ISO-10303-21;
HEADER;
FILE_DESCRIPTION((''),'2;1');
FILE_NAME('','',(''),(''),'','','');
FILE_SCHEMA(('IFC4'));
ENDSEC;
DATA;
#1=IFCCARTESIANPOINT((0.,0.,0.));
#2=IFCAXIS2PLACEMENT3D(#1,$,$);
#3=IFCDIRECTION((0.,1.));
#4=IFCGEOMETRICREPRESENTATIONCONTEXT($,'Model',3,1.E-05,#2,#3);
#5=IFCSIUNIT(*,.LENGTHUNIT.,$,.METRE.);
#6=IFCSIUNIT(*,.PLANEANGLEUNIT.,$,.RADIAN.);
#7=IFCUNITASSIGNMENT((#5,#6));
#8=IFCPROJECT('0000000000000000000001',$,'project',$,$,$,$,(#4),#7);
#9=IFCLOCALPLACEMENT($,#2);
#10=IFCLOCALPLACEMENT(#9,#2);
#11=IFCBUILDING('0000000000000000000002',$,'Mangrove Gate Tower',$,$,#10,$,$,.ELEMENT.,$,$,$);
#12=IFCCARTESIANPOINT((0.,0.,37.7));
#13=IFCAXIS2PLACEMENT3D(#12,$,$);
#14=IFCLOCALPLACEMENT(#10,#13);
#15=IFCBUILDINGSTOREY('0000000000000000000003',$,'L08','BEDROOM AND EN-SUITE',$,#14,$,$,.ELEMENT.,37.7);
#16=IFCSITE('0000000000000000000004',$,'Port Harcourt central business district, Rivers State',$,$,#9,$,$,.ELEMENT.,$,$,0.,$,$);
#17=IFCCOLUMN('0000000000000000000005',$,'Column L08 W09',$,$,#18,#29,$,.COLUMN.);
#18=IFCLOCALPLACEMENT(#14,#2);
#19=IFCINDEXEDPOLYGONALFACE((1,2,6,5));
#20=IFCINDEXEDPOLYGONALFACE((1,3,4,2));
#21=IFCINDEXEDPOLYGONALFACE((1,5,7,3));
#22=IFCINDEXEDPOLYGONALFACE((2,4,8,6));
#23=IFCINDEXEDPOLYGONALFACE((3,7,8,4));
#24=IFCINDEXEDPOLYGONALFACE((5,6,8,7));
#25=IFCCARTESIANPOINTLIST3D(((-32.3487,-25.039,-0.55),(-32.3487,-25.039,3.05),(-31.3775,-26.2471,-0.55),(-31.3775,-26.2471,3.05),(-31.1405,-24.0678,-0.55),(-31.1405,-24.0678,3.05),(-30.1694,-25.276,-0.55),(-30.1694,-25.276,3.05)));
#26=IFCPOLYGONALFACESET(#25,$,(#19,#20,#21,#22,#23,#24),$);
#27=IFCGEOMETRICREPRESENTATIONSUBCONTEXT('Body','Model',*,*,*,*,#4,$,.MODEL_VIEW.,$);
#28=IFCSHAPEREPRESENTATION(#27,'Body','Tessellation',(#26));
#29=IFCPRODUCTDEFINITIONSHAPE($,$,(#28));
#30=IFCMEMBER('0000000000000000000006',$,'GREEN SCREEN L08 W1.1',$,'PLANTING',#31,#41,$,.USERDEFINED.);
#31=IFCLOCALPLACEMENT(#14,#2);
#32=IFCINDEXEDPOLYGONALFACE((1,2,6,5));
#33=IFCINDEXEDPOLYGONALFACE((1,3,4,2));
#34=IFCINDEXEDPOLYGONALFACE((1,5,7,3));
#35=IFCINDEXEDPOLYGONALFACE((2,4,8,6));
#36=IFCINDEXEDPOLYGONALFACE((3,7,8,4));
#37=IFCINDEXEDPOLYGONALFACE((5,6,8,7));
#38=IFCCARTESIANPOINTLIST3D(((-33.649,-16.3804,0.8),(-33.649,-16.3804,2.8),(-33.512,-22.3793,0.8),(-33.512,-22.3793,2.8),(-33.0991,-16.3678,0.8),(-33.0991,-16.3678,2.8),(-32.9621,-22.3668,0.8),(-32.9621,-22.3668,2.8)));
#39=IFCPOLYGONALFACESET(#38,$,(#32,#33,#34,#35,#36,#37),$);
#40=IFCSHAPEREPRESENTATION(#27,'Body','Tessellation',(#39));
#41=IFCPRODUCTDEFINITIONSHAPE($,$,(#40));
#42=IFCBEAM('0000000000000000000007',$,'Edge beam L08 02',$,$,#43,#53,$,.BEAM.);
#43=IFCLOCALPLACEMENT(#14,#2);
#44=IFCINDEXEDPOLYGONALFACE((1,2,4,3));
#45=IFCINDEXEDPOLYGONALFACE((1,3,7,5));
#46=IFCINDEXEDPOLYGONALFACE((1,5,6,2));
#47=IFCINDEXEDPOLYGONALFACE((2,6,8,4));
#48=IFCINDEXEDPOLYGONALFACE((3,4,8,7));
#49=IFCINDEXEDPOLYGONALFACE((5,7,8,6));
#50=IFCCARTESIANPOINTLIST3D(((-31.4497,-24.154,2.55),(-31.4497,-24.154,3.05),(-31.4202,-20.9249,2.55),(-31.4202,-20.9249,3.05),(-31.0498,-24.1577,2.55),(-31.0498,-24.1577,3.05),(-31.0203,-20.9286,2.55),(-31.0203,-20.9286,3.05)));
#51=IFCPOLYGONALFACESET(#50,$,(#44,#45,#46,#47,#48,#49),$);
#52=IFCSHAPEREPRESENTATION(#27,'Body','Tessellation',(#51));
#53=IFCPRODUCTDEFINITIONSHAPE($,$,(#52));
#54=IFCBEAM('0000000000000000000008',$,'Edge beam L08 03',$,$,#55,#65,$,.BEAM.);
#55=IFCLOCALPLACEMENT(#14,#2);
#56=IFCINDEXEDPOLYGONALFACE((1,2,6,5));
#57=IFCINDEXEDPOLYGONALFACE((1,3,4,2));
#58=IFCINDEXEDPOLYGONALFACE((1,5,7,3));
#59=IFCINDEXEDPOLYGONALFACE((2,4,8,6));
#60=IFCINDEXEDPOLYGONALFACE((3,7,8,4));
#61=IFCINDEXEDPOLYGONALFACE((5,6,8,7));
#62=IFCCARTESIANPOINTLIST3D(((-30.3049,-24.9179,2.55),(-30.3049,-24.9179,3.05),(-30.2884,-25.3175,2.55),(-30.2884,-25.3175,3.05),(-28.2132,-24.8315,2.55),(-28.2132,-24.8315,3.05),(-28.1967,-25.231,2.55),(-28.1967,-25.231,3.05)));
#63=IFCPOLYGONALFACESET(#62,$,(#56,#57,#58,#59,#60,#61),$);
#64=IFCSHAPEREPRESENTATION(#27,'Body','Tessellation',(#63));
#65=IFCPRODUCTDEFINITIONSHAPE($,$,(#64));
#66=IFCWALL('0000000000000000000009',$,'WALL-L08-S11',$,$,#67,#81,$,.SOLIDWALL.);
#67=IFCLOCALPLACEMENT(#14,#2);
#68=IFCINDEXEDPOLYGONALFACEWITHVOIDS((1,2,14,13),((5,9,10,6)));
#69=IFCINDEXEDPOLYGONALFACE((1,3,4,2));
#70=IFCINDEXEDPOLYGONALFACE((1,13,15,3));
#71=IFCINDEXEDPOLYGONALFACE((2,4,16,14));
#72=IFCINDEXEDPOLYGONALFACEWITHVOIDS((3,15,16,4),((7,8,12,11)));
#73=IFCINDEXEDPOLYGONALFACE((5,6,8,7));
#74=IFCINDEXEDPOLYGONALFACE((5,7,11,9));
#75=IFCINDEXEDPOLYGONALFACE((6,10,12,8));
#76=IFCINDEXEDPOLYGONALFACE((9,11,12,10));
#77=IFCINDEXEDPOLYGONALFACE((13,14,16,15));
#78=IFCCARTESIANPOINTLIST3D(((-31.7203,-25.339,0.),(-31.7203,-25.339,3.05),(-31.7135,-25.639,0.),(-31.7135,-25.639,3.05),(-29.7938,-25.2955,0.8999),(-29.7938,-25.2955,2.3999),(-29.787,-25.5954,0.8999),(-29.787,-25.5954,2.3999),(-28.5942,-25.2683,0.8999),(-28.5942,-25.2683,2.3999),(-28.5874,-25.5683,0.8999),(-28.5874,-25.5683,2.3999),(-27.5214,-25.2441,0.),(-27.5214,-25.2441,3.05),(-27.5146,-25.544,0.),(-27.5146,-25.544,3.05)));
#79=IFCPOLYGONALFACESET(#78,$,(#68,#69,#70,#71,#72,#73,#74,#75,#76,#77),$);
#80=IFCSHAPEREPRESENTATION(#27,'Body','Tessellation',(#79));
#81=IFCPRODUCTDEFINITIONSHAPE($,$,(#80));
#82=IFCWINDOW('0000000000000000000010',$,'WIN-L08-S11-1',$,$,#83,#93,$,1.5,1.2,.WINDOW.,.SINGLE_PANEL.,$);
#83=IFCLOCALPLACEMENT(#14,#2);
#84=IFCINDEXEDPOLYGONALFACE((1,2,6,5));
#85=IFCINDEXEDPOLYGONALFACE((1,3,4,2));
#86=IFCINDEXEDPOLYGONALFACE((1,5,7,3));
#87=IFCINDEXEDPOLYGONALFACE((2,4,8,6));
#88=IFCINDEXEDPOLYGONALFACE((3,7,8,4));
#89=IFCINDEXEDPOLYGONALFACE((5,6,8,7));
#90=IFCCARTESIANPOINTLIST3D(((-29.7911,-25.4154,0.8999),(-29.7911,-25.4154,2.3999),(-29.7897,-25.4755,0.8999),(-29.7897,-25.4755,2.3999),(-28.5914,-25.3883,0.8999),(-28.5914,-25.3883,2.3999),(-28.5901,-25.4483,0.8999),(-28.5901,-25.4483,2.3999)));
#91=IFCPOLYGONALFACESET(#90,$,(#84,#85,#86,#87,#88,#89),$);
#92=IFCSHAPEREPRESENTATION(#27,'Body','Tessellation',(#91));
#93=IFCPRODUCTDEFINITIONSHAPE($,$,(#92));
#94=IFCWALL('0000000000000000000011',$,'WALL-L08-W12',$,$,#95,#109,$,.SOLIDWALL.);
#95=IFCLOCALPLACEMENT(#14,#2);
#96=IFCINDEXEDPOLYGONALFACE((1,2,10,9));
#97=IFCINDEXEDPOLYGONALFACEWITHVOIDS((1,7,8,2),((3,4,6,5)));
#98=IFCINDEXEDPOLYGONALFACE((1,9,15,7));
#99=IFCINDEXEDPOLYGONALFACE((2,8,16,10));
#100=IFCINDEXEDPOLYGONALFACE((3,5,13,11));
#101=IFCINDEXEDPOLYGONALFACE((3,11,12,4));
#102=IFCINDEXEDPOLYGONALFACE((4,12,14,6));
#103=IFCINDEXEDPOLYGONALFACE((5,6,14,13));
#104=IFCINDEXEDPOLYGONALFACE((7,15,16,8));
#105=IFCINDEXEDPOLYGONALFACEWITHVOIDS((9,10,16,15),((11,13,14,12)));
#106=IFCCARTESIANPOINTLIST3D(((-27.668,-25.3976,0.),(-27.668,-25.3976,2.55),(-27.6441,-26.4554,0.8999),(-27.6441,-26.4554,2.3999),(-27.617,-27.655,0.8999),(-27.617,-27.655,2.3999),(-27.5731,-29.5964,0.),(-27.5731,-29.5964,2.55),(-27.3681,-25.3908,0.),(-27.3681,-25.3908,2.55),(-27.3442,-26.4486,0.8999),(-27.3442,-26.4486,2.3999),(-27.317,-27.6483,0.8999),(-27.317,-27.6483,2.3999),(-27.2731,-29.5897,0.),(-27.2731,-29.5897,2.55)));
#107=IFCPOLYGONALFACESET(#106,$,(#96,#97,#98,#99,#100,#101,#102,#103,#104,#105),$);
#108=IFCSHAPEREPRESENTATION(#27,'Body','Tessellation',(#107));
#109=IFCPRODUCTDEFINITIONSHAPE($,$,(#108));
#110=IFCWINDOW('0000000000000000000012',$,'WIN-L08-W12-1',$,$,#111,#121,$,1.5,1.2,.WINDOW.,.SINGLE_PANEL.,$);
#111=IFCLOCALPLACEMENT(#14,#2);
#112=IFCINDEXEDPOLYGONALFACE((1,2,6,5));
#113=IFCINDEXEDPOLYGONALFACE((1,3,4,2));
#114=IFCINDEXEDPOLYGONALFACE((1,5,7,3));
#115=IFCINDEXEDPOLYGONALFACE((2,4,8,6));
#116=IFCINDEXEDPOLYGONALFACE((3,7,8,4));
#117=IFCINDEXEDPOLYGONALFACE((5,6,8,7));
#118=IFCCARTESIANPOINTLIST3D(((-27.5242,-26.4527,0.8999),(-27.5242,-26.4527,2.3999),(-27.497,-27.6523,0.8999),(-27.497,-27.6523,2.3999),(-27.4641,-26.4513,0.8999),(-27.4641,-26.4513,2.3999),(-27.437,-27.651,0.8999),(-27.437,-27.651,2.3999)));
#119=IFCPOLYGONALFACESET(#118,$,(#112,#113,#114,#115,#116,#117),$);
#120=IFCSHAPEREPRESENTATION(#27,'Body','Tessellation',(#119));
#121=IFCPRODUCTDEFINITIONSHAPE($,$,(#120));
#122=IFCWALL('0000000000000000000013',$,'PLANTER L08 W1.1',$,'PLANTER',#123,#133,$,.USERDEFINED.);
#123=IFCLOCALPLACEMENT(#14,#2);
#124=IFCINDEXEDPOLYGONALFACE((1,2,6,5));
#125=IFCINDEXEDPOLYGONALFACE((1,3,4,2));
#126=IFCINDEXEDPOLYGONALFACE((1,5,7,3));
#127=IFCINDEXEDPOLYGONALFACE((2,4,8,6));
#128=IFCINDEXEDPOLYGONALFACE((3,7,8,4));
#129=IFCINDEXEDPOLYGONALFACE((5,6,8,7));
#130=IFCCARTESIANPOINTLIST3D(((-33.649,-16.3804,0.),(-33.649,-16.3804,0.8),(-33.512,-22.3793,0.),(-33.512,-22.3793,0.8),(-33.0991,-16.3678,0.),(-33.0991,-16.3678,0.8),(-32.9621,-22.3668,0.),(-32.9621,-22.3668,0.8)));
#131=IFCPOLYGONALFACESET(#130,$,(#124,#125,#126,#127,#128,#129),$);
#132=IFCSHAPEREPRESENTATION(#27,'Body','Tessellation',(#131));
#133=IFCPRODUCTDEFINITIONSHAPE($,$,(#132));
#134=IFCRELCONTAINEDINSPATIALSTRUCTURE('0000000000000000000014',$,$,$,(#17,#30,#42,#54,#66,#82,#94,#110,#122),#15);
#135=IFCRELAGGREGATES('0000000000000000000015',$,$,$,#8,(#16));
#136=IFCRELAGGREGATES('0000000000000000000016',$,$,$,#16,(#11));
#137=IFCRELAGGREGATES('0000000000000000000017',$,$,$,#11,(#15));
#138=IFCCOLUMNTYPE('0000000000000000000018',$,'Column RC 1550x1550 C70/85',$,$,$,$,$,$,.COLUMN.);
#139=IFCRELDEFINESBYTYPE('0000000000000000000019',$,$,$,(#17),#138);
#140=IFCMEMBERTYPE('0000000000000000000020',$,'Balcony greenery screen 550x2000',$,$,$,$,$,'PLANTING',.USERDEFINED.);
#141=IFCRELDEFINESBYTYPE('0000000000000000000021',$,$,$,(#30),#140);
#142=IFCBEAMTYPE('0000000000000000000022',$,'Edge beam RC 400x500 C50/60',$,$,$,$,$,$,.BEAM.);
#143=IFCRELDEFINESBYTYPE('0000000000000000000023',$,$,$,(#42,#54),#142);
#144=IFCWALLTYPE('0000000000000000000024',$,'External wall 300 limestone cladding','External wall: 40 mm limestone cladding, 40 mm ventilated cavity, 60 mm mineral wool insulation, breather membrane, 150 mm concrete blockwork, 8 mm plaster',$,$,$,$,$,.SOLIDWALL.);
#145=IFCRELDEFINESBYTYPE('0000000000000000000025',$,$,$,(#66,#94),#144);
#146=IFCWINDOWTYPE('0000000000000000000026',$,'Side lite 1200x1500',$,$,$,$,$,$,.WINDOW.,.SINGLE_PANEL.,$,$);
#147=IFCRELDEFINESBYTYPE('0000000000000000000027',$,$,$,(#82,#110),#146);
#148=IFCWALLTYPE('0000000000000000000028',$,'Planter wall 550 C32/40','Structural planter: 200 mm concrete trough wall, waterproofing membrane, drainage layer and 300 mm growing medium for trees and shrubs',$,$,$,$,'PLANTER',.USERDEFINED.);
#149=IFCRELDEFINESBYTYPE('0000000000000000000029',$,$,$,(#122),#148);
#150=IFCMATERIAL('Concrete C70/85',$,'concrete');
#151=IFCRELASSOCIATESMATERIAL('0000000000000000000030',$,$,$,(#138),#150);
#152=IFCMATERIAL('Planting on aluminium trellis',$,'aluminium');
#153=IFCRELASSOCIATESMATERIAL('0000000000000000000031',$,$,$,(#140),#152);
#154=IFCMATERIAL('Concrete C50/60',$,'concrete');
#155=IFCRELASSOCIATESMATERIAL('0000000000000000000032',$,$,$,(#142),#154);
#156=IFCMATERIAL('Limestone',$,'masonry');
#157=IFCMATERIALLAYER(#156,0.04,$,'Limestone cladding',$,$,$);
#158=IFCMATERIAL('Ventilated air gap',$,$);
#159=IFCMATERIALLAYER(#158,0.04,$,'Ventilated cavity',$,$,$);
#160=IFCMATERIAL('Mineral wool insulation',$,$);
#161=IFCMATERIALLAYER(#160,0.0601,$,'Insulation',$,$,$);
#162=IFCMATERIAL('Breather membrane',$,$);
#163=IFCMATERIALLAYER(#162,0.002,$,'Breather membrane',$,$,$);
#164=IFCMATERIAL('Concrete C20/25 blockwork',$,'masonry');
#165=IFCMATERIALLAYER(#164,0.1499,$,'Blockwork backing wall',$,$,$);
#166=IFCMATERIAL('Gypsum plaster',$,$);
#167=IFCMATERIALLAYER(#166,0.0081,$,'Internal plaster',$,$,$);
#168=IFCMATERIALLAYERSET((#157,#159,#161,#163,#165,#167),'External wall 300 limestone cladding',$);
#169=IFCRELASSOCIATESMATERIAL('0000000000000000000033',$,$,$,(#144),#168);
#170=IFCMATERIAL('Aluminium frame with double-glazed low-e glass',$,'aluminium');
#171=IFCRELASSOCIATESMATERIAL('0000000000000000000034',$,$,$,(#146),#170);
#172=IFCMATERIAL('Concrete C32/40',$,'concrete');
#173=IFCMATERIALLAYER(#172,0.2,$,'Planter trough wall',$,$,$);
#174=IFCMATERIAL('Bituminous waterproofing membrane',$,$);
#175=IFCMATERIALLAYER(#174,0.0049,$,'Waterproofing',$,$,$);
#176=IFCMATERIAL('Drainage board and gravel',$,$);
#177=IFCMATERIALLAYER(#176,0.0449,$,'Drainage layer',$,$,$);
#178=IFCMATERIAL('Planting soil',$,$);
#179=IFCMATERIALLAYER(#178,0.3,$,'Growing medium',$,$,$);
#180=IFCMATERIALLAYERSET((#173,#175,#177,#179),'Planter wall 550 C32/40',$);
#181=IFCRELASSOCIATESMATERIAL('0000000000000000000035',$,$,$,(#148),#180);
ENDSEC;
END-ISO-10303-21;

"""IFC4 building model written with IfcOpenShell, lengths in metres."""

from ifc_helpers import new_model, si_unit, direction, frame, frame_2d, origin, origin_2d, place, context, subcontext, project, spatial, rectangle, extrude, material, layer, layer_set, material_profile, profile_set, type_object, element, fill, save


model = new_model("IFC4")

# Units and contexts
model_context = context("Model", 3, precision=1e-05, world=origin(), true_north=direction((0.0, 1.0)))
body_context = subcontext(model_context, "Body", "Model", "MODEL_VIEW")
ifc_project = project(units=[si_unit("LENGTHUNIT", "METRE"), si_unit("PLANEANGLEUNIT", "RADIAN")], contexts=[model_context])

# Site, building, storey
site_placement = place(None, origin())
site = spatial("IfcSite", under=ifc_project, at=site_placement, Name="Port Harcourt central business district, Rivers State", CompositionType="ELEMENT", RefElevation=0.0)
building_placement = place(site_placement, origin())
building = spatial("IfcBuilding", under=site, at=building_placement, Name="Mangrove Gate Tower", CompositionType="ELEMENT")
storey_placement = place(building_placement, frame((0.0, 0.0, 37.7)))
storey = spatial("IfcBuildingStorey", under=building, at=storey_placement, Name="L08", Description="BEDROOM AND EN-SUITE", CompositionType="ELEMENT", Elevation=37.7)

# Column
ifc_material_1 = material(Name="Concrete C70/85", Category="concrete")
ifc_material_profile_1 = material_profile(ifc_material_1, rectangle(XDim=1.55, YDim=1.55, at=origin_2d()))
ifc_profile_set_1 = profile_set([ifc_material_profile_1], Name="Concrete C70/85")
column_type = type_object("IfcColumnType", Name="Column RC 1550x1550 C70/85", PredefinedType="COLUMN", material=ifc_profile_set_1)
column_placement = place(storey_placement, frame((-31.259, -25.1575, -0.55), z_axis=(0.0, 0.0, 1.0), x_axis=(0.626514, -0.77941, 0.0)))
element("IfcColumn", 1, at=column_placement, inside=storey, type_object=column_type, Name="Column L08 W09", PredefinedType="COLUMN", context=body_context, shape_type="SweptSolid", body=[
    extrude(rectangle(XDim=1.55, YDim=1.55, at=origin_2d()), origin(), (0.0, 0.0, 1.0), 3.6001),
])

# Member
ifc_material_2 = material(Name="Planting on aluminium trellis", Category="aluminium")
ifc_material_profile_2 = material_profile(ifc_material_2, rectangle(XDim=0.55, YDim=2.0, at=origin_2d()))
ifc_profile_set_2 = profile_set([ifc_material_profile_2], Name="Planting on aluminium trellis")
member_type = type_object("IfcMemberType", Name="Balcony greenery screen 550x2000", ElementType="PLANTING", PredefinedType="USERDEFINED", material=ifc_profile_set_2)
member_placement = place(storey_placement, frame((-33.2371, -22.373, 1.8), z_axis=(-0.022825, 0.999739, 0.0), x_axis=(-0.999739, -0.022825, 0.0)))
element("IfcMember", 2, at=member_placement, inside=storey, type_object=member_type, Name="GREEN SCREEN L08 W1.1", ObjectType="PLANTING", PredefinedType="USERDEFINED", context=body_context, shape_type="SweptSolid", body=[
    extrude(rectangle(XDim=0.55, YDim=2.0, at=origin_2d()), origin(), (0.0, 0.0, 1.0), 6.0005),
])

# Beams
ifc_material_3 = material(Name="Concrete C50/60", Category="concrete")
ifc_material_profile_3 = material_profile(ifc_material_3, rectangle(XDim=0.3999, YDim=0.5, at=origin_2d()))
ifc_profile_set_3 = profile_set([ifc_material_profile_3], Name="Concrete C50/60")
beam_type = type_object("IfcBeamType", Name="Edge beam RC 400x500 C50/60", PredefinedType="BEAM", material=ifc_profile_set_3)
beam_1_placement = place(storey_placement, frame((-31.2202, -20.9268, 2.8), z_axis=(-0.009148, -0.999958, 0.0), x_axis=(0.999958, -0.009148, 0.0)))
element("IfcBeam", 3, at=beam_1_placement, inside=storey, type_object=beam_type, Name="Edge beam L08 02", PredefinedType="BEAM", context=body_context, shape_type="SweptSolid", body=[
    extrude(rectangle(XDim=0.3999, YDim=0.5, at=origin_2d()), origin(), (0.0, 0.0, 1.0), 3.2292),
])
beam_2_placement = place(storey_placement, frame((-30.2966, -25.1177, 2.8), z_axis=(0.999148, 0.041281, 0.0), x_axis=(-0.041281, 0.999148, 0.0)))
element("IfcBeam", 4, at=beam_2_placement, inside=storey, type_object=beam_type, Name="Edge beam L08 03", PredefinedType="BEAM", context=body_context, shape_type="SweptSolid", body=[
    extrude(rectangle(XDim=0.3999, YDim=0.5, at=origin_2d()), origin(), (0.0, 0.0, 1.0), 2.0935),
])

# Walls, openings, windows
ifc_material_4 = material(Name="Limestone", Category="masonry")
ifc_layer_1 = layer(ifc_material_4, 0.04, Name="Limestone cladding")
ifc_material_5 = material(Name="Ventilated air gap")
ifc_layer_2 = layer(ifc_material_5, 0.04, Name="Ventilated cavity")
ifc_material_6 = material(Name="Mineral wool insulation")
ifc_layer_3 = layer(ifc_material_6, 0.0601, Name="Insulation")
ifc_material_7 = material(Name="Breather membrane")
ifc_layer_4 = layer(ifc_material_7, 0.002, Name="Breather membrane")
ifc_material_8 = material(Name="Concrete C20/25 blockwork", Category="masonry")
ifc_layer_5 = layer(ifc_material_8, 0.1499, Name="Blockwork backing wall")
ifc_material_9 = material(Name="Gypsum plaster")
ifc_layer_6 = layer(ifc_material_9, 0.0081, Name="Internal plaster")
ifc_layer_set_1 = layer_set([ifc_layer_1, ifc_layer_2, ifc_layer_3, ifc_layer_4, ifc_layer_5, ifc_layer_6], Name="External wall 300 limestone cladding")
wall_type_1 = type_object("IfcWallType", Name="External wall 300 limestone cladding", Description="External wall: 40 mm limestone cladding, 40 mm ventilated cavity, 60 mm mineral wool insulation, breather membrane, 150 mm concrete blockwork, 8 mm plaster", PredefinedType="SOLIDWALL", material=ifc_layer_set_1)
wall_1_placement = place(storey_placement, frame((-31.717, -25.489, 0.0), z_axis=(0.0, 0.0, 1.0), x_axis=(0.999744, 0.022612, 0.0)))
wall_1 = element("IfcWall", 5, at=wall_1_placement, inside=storey, type_object=wall_type_1, Name="WALL-L08-S11", PredefinedType="SOLIDWALL", context=body_context, shape_type="SweptSolid", body=[
    extrude(rectangle(XDim=4.2, YDim=0.3, at=frame_2d((2.1001, 0.0))), origin(), (0.0, 0.0, 1.0), 3.05),
])
opening_1_placement = place(wall_1_placement, frame((1.927, 0.0, 0.8999)))
opening_1 = element("IfcOpeningElement", 6, at=opening_1_placement, cuts=wall_1, PredefinedType="OPENING", context=body_context, shape_type="SweptSolid", body=[
    extrude(rectangle(XDim=1.2, YDim=1.5, at=frame_2d((0.6001, 0.75))), frame((0.0, 0.1599, 0.0), z_axis=(0.0, -1.0, 0.0), x_axis=(1.0, 0.0, 0.0)), (0.0, 0.0, 1.0), 0.3201),
])
ifc_material_10 = material(Name="Aluminium frame with double-glazed low-e glass", Category="aluminium")
window_type_1 = type_object("IfcWindowType", Name="Side lite 1200x1500", PartitioningType="SINGLE_PANEL", PredefinedType="WINDOW", material=ifc_material_10)
window_1_placement = place(opening_1_placement, origin())
window_1 = element("IfcWindow", 7, at=window_1_placement, inside=storey, type_object=window_type_1, Name="WIN-L08-S11-1", OverallHeight=1.5, OverallWidth=1.2, PartitioningType="SINGLE_PANEL", PredefinedType="WINDOW", context=body_context, shape_type="SweptSolid", body=[
    extrude(rectangle(XDim=1.2, YDim=1.5, at=frame_2d((0.6001, 0.75))), frame((0.0, 0.03, 0.0), z_axis=(0.0, -1.0, 0.0), x_axis=(1.0, 0.0, 0.0)), (0.0, 0.0, 1.0), 0.0601),
])
fill(opening_1, window_1)
wall_2_placement = place(storey_placement, frame((-27.5181, -25.394, 0.0), z_axis=(0.0, 0.0, 1.0), x_axis=(0.022612, -0.999744, 0.0)))
wall_2 = element("IfcWall", 8, at=wall_2_placement, inside=storey, type_object=wall_type_1, Name="WALL-L08-W12", PredefinedType="SOLIDWALL", context=body_context, shape_type="SweptSolid", body=[
    extrude(rectangle(XDim=4.2, YDim=0.3, at=frame_2d((2.1001, 0.0))), origin(), (0.0, 0.0, 1.0), 2.55),
])
opening_2_placement = place(wall_2_placement, frame((1.0581, 0.0, 0.8999)))
opening_2 = element("IfcOpeningElement", 9, at=opening_2_placement, cuts=wall_2, PredefinedType="OPENING", context=body_context, shape_type="SweptSolid", body=[
    extrude(rectangle(XDim=1.2, YDim=1.5, at=frame_2d((0.6001, 0.75))), frame((0.0, 0.1599, 0.0), z_axis=(0.0, -1.0, 0.0), x_axis=(1.0, 0.0, 0.0)), (0.0, 0.0, 1.0), 0.3201),
])
window_2_placement = place(opening_2_placement, origin())
window_2 = element("IfcWindow", 10, at=window_2_placement, inside=storey, type_object=window_type_1, Name="WIN-L08-W12-1", OverallHeight=1.5, OverallWidth=1.2, PartitioningType="SINGLE_PANEL", PredefinedType="WINDOW", context=body_context, shape_type="SweptSolid", body=[
    extrude(rectangle(XDim=1.2, YDim=1.5, at=frame_2d((0.6001, 0.75))), frame((0.0, 0.03, 0.0), z_axis=(0.0, -1.0, 0.0), x_axis=(1.0, 0.0, 0.0)), (0.0, 0.0, 1.0), 0.0601),
])
fill(opening_2, window_2)

# Wall
ifc_material_11 = material(Name="Concrete C32/40", Category="concrete")
ifc_layer_7 = layer(ifc_material_11, 0.2, Name="Planter trough wall")
ifc_material_12 = material(Name="Bituminous waterproofing membrane")
ifc_layer_8 = layer(ifc_material_12, 0.0049, Name="Waterproofing")
ifc_material_13 = material(Name="Drainage board and gravel")
ifc_layer_9 = layer(ifc_material_13, 0.0449, Name="Drainage layer")
ifc_material_14 = material(Name="Planting soil")
ifc_layer_10 = layer(ifc_material_14, 0.3, Name="Growing medium")
ifc_layer_set_2 = layer_set([ifc_layer_7, ifc_layer_8, ifc_layer_9, ifc_layer_10], Name="Planter wall 550 C32/40")
wall_type_2 = type_object("IfcWallType", Name="Planter wall 550 C32/40", Description="Structural planter: 200 mm concrete trough wall, waterproofing membrane, drainage layer and 300 mm growing medium for trees and shrubs", ElementType="PLANTER", PredefinedType="USERDEFINED", material=ifc_layer_set_2)
wall_3_placement = place(storey_placement, frame((-33.2371, -22.373, 0.0), z_axis=(0.0, 0.0, 1.0), x_axis=(-0.022825, 0.999739, 0.0)))
element("IfcWall", 11, at=wall_3_placement, inside=storey, type_object=wall_type_2, Name="PLANTER L08 W1.1", ObjectType="PLANTER", PredefinedType="USERDEFINED", context=body_context, shape_type="SweptSolid", body=[
    extrude(rectangle(XDim=6.0005, YDim=0.55, at=frame_2d((3.0002, 0.0))), origin(), (0.0, 0.0, 1.0), 0.8),
])

save(model, "model.ifc")
